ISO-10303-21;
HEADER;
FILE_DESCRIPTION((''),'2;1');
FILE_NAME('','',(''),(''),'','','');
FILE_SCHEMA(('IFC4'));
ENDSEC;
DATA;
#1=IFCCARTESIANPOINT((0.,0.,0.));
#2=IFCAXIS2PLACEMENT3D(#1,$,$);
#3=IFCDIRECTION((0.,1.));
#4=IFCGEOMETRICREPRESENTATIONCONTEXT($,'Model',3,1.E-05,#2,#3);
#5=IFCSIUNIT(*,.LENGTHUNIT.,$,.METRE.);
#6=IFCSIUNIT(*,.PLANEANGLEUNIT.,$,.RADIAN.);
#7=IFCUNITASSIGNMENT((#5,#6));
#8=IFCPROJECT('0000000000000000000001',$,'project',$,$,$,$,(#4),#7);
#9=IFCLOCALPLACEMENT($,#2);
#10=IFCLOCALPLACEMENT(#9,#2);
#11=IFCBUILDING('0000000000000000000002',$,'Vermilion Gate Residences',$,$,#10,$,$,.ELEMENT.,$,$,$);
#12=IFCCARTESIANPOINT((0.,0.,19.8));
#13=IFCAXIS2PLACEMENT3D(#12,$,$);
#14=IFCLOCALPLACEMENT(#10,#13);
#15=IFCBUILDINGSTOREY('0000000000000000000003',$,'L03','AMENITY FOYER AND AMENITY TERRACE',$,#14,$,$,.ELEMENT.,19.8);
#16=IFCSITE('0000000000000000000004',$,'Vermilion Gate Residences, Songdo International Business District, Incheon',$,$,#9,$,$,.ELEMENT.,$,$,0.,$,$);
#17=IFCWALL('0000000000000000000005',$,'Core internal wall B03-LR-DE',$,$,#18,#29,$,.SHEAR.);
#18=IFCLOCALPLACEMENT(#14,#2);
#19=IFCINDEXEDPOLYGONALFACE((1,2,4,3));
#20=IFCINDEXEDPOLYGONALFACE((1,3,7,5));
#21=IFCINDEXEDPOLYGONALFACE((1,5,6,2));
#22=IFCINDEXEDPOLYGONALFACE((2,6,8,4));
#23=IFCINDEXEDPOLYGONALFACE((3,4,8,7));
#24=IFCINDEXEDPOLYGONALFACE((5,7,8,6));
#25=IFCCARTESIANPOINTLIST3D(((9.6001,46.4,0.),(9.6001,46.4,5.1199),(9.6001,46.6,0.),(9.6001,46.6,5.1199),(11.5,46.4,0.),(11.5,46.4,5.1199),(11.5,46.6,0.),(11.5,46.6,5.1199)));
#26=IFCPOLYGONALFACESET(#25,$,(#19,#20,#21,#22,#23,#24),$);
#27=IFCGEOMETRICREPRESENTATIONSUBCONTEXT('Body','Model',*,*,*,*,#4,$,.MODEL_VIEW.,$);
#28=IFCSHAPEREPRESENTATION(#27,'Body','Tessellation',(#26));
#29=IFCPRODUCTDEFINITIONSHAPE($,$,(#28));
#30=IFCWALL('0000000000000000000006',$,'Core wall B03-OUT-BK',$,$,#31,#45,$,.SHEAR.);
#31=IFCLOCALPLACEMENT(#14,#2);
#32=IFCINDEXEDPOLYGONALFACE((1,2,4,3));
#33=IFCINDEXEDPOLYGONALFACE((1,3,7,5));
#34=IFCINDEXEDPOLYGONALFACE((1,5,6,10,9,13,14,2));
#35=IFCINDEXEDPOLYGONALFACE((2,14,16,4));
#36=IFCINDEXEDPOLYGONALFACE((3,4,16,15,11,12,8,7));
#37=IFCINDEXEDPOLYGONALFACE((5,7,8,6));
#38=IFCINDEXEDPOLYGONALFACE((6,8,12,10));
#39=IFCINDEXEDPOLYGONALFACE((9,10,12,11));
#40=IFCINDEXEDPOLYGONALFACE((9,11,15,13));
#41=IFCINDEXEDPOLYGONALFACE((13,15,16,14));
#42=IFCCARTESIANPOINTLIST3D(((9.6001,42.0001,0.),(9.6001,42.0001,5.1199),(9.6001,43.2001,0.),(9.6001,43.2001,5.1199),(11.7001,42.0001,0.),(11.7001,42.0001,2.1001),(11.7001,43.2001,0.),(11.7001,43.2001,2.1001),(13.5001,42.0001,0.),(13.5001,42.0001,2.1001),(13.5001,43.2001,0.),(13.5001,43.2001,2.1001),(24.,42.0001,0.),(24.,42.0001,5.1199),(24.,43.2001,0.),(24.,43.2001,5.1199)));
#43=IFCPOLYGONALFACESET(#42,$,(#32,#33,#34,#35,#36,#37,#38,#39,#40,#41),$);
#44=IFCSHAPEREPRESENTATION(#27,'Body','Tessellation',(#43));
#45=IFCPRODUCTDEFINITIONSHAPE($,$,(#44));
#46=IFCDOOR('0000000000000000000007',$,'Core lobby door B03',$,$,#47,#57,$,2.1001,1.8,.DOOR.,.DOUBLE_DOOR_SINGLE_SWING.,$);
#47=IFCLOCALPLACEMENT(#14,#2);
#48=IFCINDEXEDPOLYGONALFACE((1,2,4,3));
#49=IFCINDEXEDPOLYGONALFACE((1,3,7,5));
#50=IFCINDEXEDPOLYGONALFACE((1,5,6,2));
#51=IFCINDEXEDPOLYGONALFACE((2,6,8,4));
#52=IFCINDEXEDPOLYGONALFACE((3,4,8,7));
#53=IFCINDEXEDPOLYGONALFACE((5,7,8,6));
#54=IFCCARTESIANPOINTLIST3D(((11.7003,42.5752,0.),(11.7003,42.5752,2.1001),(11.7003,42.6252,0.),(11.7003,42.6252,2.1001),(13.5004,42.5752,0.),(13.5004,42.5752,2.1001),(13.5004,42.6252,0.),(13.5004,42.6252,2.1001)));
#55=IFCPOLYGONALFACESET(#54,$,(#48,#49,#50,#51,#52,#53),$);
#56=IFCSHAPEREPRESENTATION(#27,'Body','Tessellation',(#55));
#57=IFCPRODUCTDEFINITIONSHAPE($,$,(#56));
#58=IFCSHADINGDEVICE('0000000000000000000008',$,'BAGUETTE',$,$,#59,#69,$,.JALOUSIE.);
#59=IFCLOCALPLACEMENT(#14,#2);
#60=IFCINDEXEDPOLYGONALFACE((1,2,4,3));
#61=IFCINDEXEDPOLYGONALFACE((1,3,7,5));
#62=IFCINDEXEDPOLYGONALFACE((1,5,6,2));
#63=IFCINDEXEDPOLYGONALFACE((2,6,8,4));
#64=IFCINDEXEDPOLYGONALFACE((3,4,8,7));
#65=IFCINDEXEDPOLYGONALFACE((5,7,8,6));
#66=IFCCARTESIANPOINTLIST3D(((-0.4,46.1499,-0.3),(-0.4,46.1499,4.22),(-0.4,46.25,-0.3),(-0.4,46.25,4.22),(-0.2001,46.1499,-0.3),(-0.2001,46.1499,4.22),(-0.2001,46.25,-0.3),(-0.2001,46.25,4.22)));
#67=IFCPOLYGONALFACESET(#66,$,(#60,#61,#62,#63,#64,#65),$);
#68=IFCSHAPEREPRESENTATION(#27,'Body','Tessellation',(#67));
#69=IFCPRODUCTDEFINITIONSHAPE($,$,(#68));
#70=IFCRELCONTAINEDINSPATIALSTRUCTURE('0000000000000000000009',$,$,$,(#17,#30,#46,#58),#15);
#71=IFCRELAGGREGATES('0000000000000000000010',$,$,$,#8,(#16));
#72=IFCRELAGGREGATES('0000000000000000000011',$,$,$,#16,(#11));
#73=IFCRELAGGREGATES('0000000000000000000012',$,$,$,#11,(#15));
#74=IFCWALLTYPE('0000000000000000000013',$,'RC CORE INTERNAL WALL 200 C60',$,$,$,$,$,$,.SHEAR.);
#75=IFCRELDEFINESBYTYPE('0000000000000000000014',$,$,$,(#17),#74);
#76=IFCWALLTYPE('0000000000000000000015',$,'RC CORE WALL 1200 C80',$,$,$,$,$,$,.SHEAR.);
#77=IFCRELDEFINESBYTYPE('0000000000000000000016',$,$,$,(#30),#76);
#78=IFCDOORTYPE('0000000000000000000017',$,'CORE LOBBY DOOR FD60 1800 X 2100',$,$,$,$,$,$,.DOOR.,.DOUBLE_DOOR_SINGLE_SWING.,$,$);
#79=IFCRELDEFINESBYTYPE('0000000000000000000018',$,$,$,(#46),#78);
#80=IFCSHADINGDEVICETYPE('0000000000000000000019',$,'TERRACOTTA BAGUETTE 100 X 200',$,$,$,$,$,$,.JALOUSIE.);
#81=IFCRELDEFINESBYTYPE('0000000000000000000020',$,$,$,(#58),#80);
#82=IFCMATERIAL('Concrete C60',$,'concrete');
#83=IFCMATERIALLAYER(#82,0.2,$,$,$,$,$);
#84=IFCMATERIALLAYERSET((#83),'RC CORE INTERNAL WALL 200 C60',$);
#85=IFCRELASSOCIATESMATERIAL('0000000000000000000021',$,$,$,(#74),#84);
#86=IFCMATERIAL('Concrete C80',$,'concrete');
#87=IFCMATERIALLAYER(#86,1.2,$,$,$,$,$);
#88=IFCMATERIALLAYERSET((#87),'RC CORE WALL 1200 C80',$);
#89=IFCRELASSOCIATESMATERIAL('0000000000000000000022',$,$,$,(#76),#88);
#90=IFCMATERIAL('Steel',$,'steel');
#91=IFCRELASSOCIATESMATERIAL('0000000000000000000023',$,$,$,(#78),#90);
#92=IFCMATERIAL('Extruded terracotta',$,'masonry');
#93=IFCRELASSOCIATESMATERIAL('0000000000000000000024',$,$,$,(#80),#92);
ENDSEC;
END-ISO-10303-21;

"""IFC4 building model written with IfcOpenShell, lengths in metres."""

from ifc_helpers import new_model, si_unit, direction, frame, frame_2d, origin, origin_2d, place, context, subcontext, project, spatial, rectangle, extrude, material, layer, layer_set, material_profile, profile_set, type_object, element, fill, save


model = new_model("IFC4")

# Units and contexts
model_context = context("Model", 3, precision=1e-05, world=origin(), true_north=direction((0.0, 1.0)))
body_context = subcontext(model_context, "Body", "Model", "MODEL_VIEW")
ifc_project = project(units=[si_unit("LENGTHUNIT", "METRE"), si_unit("PLANEANGLEUNIT", "RADIAN")], contexts=[model_context])

# Site, building, storey
site_placement = place(None, origin())
site = spatial("IfcSite", under=ifc_project, at=site_placement, Name="Vermilion Gate Residences, Songdo International Business District, Incheon", CompositionType="ELEMENT", RefElevation=0.0)
building_placement = place(site_placement, origin())
building = spatial("IfcBuilding", under=site, at=building_placement, Name="Vermilion Gate Residences", CompositionType="ELEMENT")
storey_placement = place(building_placement, frame((0.0, 0.0, 19.8)))
storey = spatial("IfcBuildingStorey", under=building, at=storey_placement, Name="L03", Description="AMENITY FOYER AND AMENITY TERRACE", CompositionType="ELEMENT", Elevation=19.8)

# Wall
ifc_material_1 = material(Name="Concrete C60", Category="concrete")
ifc_layer_1 = layer(ifc_material_1, 0.2)
ifc_layer_set_1 = layer_set([ifc_layer_1], Name="RC CORE INTERNAL WALL 200 C60")
wall_type_1 = type_object("IfcWallType", Name="RC CORE INTERNAL WALL 200 C60", PredefinedType="SHEAR", material=ifc_layer_set_1)
for number, where, z_axis, x_axis, name in (
    (1, (9.6001, 46.5, 0.0), (0.0, 0.0, 1.0), (1.0, 0.0, 0.0), "Core internal wall B03-LR-DE"),
):
    element("IfcWall", number, at=place(storey_placement, frame(where, z_axis=z_axis, x_axis=x_axis)), inside=storey, type_object=wall_type_1, Name=name, PredefinedType="SHEAR", context=body_context, shape_type="SweptSolid", body=[
        extrude(rectangle(XDim=1.8999, YDim=0.2, at=frame_2d((0.95, 0.0))), origin(), (0.0, 0.0, 1.0), 5.1199),
    ])

# Wall, opening, door
ifc_material_2 = material(Name="Concrete C80", Category="concrete")
ifc_layer_2 = layer(ifc_material_2, 1.2)
ifc_layer_set_2 = layer_set([ifc_layer_2], Name="RC CORE WALL 1200 C80")
wall_type_2 = type_object("IfcWallType", Name="RC CORE WALL 1200 C80", PredefinedType="SHEAR", material=ifc_layer_set_2)
wall_placement = place(storey_placement, frame((9.6001, 42.6001, 0.0), z_axis=(0.0, 0.0, 1.0), x_axis=(1.0, 0.0, 0.0)))
wall = element("IfcWall", 2, at=wall_placement, inside=storey, type_object=wall_type_2, Name="Core wall B03-OUT-BK", PredefinedType="SHEAR", context=body_context, shape_type="SweptSolid", body=[
    extrude(rectangle(XDim=14.3999, YDim=1.2, at=frame_2d((7.2, 0.0))), origin(), (0.0, 0.0, 1.0), 5.1199),
])
opening_placement = place(wall_placement, frame((2.1001, 0.0, 0.0)))
opening = element("IfcOpeningElement", 3, at=opening_placement, cuts=wall, PredefinedType="OPENING", context=body_context, shape_type="SweptSolid", body=[
    extrude(rectangle(XDim=1.8, YDim=2.1001, at=frame_2d((0.8999, 1.05))), frame((0.0, 0.6099, 0.0), z_axis=(0.0, -1.0, 0.0), x_axis=(1.0, 0.0, 0.0)), (0.0, 0.0, 1.0), 1.22),
])
ifc_material_3 = material(Name="Steel", Category="steel")
door_type = type_object("IfcDoorType", Name="CORE LOBBY DOOR FD60 1800 X 2100", OperationType="DOUBLE_DOOR_SINGLE_SWING", PredefinedType="DOOR", material=ifc_material_3)
door_placement = place(opening_placement, frame((1.8, 0.0, 0.0), z_axis=(0.0, 0.0, 1.0), x_axis=(-1.0, 0.0, 0.0)))
door = element("IfcDoor", 4, at=door_placement, inside=storey, type_object=door_type, Name="Core lobby door B03", OperationType="DOUBLE_DOOR_SINGLE_SWING", OverallHeight=2.1001, OverallWidth=1.8, PredefinedType="DOOR", context=body_context, shape_type="SweptSolid", body=[
    extrude(rectangle(XDim=1.8, YDim=2.1001, at=frame_2d((0.8999, 1.05))), frame((0.0, 0.0249, 0.0), z_axis=(0.0, -1.0, 0.0), x_axis=(1.0, 0.0, 0.0)), (0.0, 0.0, 1.0), 0.05),
])
fill(opening, door)

# Shading device
ifc_material_4 = material(Name="Extruded terracotta", Category="masonry")
ifc_material_profile_1 = material_profile(ifc_material_4, rectangle(XDim=0.2, YDim=0.1001, at=origin_2d()), Name="BAGUETTE 100 X 200")
ifc_profile_set_1 = profile_set([ifc_material_profile_1], Name="Extruded terracotta")
shading_device_type = type_object("IfcShadingDeviceType", Name="TERRACOTTA BAGUETTE 100 X 200", PredefinedType="JALOUSIE", material=ifc_profile_set_1)
shading_device_placement = place(storey_placement, frame((-0.3, 46.2, -0.3), z_axis=(0.0, 0.0, 1.0), x_axis=(1.0, 0.0, 0.0)))
element("IfcShadingDevice", 5, at=shading_device_placement, inside=storey, type_object=shading_device_type, Name="BAGUETTE", PredefinedType="JALOUSIE", context=body_context, shape_type="SweptSolid", body=[
    extrude(rectangle(XDim=0.2, YDim=0.1001, at=origin_2d()), origin(), (0.0, 0.0, 1.0), 4.52),
])

save(model, "model.ifc")
